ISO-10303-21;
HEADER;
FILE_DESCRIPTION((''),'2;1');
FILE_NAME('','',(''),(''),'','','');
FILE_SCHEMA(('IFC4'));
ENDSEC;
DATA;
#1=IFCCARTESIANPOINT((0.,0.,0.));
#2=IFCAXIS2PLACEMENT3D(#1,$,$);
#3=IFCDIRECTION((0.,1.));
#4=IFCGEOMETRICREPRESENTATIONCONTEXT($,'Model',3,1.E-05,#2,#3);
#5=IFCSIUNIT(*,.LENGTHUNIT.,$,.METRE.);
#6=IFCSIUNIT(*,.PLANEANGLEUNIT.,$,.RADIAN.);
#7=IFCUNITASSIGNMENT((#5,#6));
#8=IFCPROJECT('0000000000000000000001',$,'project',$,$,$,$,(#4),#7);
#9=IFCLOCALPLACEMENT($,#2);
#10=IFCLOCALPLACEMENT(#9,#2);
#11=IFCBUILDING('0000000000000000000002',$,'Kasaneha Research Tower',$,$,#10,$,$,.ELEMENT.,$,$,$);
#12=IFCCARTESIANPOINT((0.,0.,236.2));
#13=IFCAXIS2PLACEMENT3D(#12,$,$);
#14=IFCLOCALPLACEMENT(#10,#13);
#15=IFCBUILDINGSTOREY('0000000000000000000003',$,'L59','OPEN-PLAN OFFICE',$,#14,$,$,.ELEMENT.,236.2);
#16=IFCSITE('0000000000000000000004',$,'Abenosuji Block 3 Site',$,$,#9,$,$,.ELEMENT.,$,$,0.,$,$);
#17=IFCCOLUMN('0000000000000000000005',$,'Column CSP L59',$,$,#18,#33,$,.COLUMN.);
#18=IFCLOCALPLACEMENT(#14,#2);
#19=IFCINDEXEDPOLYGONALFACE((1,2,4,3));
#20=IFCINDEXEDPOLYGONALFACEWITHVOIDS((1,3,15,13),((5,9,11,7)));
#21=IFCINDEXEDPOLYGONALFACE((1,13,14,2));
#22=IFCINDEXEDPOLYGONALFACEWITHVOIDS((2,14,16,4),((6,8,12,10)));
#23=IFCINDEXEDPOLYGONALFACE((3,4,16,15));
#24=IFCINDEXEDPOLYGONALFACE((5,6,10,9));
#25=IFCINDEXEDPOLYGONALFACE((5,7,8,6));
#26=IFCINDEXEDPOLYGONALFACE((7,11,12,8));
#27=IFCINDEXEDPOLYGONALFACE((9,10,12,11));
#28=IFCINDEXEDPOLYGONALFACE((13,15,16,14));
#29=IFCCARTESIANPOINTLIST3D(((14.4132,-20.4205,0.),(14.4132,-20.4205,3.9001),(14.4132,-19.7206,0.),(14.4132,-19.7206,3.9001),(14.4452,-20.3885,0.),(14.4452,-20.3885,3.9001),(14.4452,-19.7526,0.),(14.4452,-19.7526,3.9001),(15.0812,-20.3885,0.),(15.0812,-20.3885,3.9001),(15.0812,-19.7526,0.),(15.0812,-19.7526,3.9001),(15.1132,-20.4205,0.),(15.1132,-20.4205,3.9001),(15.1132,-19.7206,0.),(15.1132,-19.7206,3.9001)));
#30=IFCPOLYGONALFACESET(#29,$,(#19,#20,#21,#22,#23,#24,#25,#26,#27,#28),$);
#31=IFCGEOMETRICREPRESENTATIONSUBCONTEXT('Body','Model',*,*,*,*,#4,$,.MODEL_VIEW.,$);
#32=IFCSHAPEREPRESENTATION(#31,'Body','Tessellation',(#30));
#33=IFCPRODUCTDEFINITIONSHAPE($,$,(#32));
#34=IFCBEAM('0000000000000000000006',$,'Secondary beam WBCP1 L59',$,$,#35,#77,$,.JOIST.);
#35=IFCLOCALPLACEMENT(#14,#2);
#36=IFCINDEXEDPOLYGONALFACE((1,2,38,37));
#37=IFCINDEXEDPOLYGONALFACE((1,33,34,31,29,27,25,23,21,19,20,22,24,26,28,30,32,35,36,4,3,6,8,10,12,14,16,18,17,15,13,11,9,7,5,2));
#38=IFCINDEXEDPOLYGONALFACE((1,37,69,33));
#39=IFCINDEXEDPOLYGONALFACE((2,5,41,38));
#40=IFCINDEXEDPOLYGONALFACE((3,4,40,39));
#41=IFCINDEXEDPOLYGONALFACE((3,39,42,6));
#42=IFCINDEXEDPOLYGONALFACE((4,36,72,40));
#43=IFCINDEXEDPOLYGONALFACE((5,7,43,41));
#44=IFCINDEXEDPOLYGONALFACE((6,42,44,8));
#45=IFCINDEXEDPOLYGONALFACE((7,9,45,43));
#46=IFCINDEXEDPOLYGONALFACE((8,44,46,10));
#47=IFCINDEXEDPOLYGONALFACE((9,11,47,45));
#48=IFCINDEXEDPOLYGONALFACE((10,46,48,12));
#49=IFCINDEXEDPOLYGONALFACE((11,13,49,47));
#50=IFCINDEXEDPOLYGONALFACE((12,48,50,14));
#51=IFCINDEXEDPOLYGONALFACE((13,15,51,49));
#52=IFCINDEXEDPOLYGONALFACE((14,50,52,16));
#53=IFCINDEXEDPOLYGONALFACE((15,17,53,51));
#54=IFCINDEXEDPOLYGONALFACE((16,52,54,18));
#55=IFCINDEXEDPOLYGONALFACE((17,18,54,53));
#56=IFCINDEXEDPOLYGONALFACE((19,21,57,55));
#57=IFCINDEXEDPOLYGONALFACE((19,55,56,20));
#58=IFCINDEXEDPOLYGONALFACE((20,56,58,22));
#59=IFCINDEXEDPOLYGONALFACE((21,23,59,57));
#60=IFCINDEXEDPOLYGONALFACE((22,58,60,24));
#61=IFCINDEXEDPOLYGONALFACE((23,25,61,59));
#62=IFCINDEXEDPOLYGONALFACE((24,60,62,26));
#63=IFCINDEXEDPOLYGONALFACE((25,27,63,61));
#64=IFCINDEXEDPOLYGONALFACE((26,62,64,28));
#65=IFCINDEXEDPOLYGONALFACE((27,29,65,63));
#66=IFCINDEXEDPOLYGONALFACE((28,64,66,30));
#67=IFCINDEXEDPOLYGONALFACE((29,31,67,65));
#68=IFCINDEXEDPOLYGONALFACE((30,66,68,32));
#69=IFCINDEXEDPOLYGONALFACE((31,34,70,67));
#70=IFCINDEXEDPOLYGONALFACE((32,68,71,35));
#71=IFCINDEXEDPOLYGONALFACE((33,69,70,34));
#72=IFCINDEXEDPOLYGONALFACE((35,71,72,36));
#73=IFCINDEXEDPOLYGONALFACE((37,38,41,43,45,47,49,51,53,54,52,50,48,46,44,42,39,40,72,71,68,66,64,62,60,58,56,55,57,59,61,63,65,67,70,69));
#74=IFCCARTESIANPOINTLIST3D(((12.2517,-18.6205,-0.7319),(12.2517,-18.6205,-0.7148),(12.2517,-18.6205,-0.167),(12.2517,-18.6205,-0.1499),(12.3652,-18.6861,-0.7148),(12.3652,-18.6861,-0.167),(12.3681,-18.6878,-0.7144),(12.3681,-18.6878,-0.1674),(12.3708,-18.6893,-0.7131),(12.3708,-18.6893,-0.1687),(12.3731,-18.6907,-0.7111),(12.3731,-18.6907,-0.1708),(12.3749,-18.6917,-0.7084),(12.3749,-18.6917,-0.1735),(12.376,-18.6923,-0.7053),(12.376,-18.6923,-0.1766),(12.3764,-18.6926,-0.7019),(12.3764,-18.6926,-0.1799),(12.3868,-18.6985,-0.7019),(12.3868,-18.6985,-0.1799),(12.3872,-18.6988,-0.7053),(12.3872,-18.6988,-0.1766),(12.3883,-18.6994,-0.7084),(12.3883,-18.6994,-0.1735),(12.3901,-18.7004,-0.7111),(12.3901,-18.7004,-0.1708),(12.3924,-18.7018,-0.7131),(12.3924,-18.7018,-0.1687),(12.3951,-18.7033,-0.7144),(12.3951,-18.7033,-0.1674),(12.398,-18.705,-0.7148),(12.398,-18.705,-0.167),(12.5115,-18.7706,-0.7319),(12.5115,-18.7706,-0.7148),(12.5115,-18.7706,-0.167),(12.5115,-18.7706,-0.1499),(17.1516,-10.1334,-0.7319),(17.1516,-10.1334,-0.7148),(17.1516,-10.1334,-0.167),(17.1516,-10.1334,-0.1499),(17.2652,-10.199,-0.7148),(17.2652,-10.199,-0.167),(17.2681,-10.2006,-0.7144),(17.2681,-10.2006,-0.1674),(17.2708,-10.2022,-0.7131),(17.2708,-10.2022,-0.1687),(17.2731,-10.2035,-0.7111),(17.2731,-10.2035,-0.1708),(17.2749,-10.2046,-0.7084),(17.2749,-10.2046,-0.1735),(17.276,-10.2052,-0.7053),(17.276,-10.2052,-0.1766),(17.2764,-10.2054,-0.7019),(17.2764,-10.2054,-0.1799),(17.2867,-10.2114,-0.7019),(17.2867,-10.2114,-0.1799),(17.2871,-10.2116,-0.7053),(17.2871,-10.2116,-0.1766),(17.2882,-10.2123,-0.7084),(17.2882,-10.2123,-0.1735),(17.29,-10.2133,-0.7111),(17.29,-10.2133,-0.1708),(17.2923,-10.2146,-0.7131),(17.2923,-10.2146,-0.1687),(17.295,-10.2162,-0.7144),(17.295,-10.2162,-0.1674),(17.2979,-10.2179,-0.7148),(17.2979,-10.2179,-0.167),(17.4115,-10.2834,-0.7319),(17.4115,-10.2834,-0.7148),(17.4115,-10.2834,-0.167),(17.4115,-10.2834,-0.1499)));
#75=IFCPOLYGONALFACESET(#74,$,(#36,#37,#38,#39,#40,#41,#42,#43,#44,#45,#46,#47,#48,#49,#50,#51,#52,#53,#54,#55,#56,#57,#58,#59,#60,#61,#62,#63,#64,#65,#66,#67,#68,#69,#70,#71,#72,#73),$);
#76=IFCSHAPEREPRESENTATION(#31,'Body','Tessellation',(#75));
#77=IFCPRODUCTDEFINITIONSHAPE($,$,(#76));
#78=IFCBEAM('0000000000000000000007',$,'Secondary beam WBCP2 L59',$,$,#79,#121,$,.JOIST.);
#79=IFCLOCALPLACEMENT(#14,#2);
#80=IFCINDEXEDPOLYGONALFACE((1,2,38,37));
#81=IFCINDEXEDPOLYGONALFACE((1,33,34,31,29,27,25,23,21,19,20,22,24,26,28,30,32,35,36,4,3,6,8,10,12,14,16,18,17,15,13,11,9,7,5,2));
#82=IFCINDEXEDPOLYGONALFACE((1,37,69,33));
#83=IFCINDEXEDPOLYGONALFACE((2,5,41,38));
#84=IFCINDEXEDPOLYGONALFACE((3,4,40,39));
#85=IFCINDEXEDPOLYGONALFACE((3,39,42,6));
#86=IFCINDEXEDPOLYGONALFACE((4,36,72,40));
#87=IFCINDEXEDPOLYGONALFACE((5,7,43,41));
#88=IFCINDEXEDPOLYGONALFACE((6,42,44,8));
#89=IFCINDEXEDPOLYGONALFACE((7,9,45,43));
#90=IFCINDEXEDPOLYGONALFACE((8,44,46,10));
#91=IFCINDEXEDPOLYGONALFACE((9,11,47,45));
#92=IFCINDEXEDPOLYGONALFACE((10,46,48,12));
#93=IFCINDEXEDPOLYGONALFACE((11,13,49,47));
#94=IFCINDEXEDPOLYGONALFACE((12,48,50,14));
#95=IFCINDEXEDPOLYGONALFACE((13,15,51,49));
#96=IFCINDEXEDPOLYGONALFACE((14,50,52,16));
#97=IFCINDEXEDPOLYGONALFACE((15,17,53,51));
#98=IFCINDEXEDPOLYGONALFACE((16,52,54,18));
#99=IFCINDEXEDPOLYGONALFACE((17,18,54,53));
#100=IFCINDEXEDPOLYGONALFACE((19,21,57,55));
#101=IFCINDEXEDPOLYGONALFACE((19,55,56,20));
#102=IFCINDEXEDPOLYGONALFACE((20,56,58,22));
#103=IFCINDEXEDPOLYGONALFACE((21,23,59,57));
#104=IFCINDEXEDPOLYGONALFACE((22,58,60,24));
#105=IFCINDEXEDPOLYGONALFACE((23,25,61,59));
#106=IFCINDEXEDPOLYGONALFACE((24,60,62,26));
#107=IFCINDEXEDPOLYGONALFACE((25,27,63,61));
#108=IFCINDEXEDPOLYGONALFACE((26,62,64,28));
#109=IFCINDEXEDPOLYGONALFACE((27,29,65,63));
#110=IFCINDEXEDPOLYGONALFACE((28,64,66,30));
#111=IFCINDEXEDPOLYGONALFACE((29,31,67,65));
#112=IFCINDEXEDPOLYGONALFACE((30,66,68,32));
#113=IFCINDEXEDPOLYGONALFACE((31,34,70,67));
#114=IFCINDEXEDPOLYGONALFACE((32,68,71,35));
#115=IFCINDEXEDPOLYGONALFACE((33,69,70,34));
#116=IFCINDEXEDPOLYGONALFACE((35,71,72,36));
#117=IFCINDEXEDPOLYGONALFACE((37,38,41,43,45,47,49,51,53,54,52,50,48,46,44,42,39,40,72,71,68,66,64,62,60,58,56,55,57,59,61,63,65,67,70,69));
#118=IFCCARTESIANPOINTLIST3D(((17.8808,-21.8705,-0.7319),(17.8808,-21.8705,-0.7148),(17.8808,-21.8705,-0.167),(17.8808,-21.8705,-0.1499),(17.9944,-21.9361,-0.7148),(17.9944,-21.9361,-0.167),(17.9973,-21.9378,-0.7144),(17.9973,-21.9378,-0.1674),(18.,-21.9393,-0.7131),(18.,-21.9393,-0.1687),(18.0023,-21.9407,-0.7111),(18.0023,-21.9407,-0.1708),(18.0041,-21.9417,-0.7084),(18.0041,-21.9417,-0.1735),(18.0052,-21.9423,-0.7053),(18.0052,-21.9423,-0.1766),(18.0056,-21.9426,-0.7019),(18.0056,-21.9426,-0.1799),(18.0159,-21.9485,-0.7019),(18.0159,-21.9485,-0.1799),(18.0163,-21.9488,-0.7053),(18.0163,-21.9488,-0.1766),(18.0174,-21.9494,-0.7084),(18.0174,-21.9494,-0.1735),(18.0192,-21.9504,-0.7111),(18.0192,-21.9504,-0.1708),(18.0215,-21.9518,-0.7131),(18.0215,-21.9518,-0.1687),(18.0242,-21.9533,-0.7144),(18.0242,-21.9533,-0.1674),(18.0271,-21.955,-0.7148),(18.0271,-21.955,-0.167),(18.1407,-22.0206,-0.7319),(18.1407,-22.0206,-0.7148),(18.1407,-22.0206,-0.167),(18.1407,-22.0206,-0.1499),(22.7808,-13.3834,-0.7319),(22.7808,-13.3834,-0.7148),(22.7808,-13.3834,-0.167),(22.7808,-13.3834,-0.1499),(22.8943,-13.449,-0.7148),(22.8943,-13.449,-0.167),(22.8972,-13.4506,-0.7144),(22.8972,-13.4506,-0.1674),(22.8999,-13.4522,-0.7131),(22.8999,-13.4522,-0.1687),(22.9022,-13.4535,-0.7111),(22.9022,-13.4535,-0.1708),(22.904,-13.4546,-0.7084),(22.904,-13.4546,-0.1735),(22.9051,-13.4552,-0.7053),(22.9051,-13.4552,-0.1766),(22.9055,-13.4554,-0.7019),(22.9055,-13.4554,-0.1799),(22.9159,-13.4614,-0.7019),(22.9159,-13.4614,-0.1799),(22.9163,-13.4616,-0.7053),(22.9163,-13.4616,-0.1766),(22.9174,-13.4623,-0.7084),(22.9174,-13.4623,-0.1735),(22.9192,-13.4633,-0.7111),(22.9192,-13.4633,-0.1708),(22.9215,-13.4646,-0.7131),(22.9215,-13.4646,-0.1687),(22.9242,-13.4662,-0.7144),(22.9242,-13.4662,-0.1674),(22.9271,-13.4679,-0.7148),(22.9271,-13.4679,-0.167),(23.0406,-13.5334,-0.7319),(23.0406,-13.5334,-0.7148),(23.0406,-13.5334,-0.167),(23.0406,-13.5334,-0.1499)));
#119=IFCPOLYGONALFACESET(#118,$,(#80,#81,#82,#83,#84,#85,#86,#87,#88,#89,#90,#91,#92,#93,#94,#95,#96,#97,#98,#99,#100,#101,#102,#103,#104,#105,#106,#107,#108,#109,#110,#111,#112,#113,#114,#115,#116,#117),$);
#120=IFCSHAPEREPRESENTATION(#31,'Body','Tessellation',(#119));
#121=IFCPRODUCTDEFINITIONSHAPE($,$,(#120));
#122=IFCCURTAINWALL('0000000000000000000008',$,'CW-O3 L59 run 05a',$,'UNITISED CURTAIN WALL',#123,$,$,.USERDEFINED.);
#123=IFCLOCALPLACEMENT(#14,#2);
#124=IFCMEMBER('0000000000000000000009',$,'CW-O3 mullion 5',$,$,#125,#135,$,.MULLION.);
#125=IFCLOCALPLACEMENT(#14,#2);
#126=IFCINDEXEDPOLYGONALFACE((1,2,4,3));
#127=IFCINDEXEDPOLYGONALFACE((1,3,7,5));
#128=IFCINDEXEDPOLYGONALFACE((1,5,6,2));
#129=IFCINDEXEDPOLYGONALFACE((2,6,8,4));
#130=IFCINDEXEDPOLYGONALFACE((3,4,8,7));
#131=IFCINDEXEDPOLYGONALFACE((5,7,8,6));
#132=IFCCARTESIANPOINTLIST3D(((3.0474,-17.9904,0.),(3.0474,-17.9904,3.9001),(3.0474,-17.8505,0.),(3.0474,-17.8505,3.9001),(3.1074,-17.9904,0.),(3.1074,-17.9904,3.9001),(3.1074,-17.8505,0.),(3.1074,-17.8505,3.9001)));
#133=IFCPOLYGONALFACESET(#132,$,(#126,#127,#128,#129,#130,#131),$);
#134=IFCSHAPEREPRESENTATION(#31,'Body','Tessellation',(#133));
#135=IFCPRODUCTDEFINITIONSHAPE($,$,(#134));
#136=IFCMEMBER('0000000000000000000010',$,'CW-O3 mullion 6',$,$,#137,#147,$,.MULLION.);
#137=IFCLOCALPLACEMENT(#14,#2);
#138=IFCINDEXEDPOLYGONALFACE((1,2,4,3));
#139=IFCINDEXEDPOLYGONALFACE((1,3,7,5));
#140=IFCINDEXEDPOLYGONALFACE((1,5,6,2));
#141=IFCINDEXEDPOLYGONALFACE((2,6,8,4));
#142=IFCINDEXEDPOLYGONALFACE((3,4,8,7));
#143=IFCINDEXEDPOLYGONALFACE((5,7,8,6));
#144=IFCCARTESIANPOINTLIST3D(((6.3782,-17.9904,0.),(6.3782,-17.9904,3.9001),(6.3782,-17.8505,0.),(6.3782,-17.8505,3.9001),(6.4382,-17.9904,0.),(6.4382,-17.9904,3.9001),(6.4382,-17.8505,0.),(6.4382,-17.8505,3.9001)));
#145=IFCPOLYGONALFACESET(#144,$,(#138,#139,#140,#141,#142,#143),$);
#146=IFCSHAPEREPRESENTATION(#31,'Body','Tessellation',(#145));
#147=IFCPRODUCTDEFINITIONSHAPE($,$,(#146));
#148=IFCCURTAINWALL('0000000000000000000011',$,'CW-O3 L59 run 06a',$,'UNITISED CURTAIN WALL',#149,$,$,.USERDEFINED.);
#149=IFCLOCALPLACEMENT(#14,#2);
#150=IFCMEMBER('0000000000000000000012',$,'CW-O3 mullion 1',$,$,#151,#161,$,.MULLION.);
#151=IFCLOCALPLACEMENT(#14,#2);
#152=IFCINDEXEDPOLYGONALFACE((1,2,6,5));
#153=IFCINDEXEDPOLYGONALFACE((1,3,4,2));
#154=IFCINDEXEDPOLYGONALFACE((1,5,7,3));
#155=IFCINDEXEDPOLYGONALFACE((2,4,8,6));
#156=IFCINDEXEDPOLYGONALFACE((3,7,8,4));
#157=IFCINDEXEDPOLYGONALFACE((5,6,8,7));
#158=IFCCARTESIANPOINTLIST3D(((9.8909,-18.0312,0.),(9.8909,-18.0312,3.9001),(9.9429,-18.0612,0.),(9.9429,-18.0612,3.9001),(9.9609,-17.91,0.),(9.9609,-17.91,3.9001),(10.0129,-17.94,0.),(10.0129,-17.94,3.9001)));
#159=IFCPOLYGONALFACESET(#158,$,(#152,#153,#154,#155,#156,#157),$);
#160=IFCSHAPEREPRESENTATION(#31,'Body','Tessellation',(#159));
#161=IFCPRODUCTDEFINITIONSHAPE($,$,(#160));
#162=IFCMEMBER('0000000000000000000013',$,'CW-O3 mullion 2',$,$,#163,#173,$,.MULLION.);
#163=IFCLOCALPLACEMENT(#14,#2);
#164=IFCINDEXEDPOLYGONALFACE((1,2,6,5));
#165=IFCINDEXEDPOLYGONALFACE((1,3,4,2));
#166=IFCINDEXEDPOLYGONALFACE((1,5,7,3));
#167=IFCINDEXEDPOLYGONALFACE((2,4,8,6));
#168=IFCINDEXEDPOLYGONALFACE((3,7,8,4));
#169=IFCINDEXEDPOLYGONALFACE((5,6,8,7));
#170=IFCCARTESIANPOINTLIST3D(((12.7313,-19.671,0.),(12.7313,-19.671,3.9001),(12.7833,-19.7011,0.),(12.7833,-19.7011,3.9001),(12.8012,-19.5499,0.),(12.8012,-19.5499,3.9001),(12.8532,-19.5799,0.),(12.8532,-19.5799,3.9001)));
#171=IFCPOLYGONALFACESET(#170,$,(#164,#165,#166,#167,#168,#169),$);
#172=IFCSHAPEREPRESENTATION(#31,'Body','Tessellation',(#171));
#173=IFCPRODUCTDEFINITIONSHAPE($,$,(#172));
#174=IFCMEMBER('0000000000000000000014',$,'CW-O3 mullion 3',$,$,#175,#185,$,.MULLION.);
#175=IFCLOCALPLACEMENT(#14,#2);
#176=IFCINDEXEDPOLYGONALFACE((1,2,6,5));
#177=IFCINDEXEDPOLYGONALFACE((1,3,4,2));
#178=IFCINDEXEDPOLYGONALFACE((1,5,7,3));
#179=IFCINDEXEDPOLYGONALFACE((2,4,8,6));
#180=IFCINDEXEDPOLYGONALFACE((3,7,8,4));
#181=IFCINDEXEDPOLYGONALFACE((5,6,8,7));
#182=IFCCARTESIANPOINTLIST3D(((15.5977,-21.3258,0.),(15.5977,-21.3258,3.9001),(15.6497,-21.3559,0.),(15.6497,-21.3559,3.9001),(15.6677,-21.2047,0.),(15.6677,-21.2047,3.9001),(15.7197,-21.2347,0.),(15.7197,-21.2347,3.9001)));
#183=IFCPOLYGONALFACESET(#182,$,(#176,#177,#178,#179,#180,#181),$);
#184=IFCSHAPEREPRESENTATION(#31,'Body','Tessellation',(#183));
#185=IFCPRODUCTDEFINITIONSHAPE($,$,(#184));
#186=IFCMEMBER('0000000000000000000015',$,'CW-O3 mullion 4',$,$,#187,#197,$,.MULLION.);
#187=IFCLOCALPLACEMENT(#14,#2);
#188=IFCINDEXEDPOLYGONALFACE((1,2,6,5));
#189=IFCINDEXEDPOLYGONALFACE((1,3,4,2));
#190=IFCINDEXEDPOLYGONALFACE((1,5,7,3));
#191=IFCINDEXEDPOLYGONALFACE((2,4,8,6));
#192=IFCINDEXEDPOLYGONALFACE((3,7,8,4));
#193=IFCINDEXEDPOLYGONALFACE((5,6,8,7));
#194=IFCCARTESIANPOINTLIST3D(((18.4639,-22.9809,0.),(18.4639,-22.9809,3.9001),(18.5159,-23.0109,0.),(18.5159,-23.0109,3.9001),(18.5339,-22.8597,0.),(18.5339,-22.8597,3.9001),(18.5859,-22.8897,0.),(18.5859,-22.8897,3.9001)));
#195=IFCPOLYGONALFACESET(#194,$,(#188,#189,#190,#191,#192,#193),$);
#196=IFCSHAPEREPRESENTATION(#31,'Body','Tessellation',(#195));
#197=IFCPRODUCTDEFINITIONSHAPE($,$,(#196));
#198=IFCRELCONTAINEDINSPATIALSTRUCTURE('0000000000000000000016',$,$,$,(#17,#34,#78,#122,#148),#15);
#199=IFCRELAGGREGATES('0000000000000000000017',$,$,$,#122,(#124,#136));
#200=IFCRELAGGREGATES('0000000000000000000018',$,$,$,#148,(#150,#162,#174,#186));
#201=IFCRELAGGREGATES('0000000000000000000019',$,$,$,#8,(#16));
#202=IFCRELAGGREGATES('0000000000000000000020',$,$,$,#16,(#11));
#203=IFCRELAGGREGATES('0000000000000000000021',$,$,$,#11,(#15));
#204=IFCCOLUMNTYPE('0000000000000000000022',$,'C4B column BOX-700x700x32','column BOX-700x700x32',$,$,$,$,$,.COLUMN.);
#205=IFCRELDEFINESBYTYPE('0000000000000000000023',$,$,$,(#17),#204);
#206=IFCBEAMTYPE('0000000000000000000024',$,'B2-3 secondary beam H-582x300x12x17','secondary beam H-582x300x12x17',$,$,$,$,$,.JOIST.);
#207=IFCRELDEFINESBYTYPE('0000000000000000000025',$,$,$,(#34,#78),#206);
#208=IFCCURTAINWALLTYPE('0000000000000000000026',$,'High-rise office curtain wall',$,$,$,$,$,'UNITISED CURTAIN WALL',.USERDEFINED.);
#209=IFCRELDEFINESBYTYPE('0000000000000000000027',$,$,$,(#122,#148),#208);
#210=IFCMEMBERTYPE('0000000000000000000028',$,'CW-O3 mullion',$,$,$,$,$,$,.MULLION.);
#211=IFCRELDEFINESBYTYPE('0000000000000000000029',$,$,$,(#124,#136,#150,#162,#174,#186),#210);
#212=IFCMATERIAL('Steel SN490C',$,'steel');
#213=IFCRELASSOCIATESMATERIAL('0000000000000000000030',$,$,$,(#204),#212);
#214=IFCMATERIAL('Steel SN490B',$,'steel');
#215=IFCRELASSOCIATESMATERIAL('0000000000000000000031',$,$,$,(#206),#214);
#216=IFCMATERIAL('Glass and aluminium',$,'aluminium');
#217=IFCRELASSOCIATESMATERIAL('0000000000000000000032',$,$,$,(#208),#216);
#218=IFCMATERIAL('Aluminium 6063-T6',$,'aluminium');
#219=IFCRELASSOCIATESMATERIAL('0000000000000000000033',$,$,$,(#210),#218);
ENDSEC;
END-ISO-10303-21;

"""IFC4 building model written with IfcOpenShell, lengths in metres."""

from ifc_helpers import new_model, si_unit, direction, frame, origin, origin_2d, place, context, subcontext, project, spatial, rectangle, hollow_rectangle, i_section, extrude, material, material_profile, profile_set, type_object, element, aggregate, save


model = new_model("IFC4")

# Units and contexts
model_context = context("Model", 3, precision=1e-05, world=origin(), true_north=direction((0.0, 1.0)))
body_context = subcontext(model_context, "Body", "Model", "MODEL_VIEW")
ifc_project = project(units=[si_unit("LENGTHUNIT", "METRE"), si_unit("PLANEANGLEUNIT", "RADIAN")], contexts=[model_context])

# Site, building, storey
site_placement = place(None, origin())
site = spatial("IfcSite", under=ifc_project, at=site_placement, Name="Abenosuji Block 3 Site", CompositionType="ELEMENT", RefElevation=0.0)
building_placement = place(site_placement, origin())
building = spatial("IfcBuilding", under=site, at=building_placement, Name="Kasaneha Research Tower", CompositionType="ELEMENT")
storey_placement = place(building_placement, frame((0.0, 0.0, 236.2)))
storey = spatial("IfcBuildingStorey", under=building, at=storey_placement, Name="L59", Description="OPEN-PLAN OFFICE", CompositionType="ELEMENT", Elevation=236.2)

# Column
ifc_material_1 = material(Name="Steel SN490C", Category="steel")
ifc_material_profile_1 = material_profile(ifc_material_1, hollow_rectangle(XDim=0.7, YDim=0.7, WallThickness=0.032, at=origin_2d()), Name="BOX-700x700x32")
ifc_profile_set_1 = profile_set([ifc_material_profile_1], Name="Steel SN490C")
column_type = type_object("IfcColumnType", Name="C4B column BOX-700x700x32", Description="column BOX-700x700x32", PredefinedType="COLUMN", material=ifc_profile_set_1)
column_placement = place(storey_placement, frame((14.7632, -20.0706, 0.0), z_axis=(0.0, 0.0, 1.0), x_axis=(1.0, 0.0, 0.0)))
element("IfcColumn", 1, at=column_placement, inside=storey, type_object=column_type, Name="Column CSP L59", PredefinedType="COLUMN", context=body_context, shape_type="SweptSolid", body=[
    extrude(hollow_rectangle(XDim=0.7, YDim=0.7, WallThickness=0.032, at=origin_2d()), origin(), (0.0, 0.0, 1.0), 3.9001),
])

# Beams
ifc_material_2 = material(Name="Steel SN490B", Category="steel")
ifc_material_profile_2 = material_profile(ifc_material_2, i_section(OverallWidth=0.3, OverallDepth=0.582, WebThickness=0.012, FlangeThickness=0.0171, FilletRadius=0.0129, at=origin_2d()), Name="H-582x300x12x17")
ifc_profile_set_2 = profile_set([ifc_material_profile_2], Name="Steel SN490B")
beam_type_1 = type_object("IfcBeamType", Name="B2-3 secondary beam H-582x300x12x17", Description="secondary beam H-582x300x12x17", PredefinedType="JOIST", material=ifc_profile_set_2)
for number, where, z_axis, x_axis, name in (
    (2, (12.3816, -18.6956, -0.4409), (0.499992, 0.86603, 0.0), (-0.86603, 0.499992, 0.0), "Secondary beam WBCP1 L59"),
    (3, (18.0107, -21.9456, -0.4409), (0.499992, 0.86603, 0.0), (-0.86603, 0.499992, 0.0), "Secondary beam WBCP2 L59"),
):
    element("IfcBeam", number, at=place(storey_placement, frame(where, z_axis=z_axis, x_axis=x_axis)), inside=storey, type_object=beam_type_1, Name=name, PredefinedType="JOIST", context=body_context, shape_type="SweptSolid", body=[
        extrude(i_section(OverallWidth=0.3, OverallDepth=0.582, WebThickness=0.012, FlangeThickness=0.0171, FilletRadius=0.0129, at=origin_2d()), origin(), (0.0, 0.0, 1.0), 9.8),
    ])

# Curtain walls, members
ifc_material_3 = material(Name="Glass and aluminium", Category="aluminium")
curtain_wall_type = type_object("IfcCurtainWallType", Name="High-rise office curtain wall", ElementType="UNITISED CURTAIN WALL", PredefinedType="USERDEFINED", material=ifc_material_3)
curtain_wall_1_placement = place(storey_placement, origin())
curtain_wall_1 = element("IfcCurtainWall", 4, at=curtain_wall_1_placement, inside=storey, type_object=curtain_wall_type, Name="CW-O3 L59 run 05a", ObjectType="UNITISED CURTAIN WALL", PredefinedType="USERDEFINED")
ifc_material_4 = material(Name="Aluminium 6063-T6", Category="aluminium")
ifc_material_profile_3 = material_profile(ifc_material_4, rectangle(XDim=0.0601, YDim=0.1399, at=origin_2d()), Name="CW-O3 mullion 60x140")
ifc_profile_set_3 = profile_set([ifc_material_profile_3], Name="Aluminium 6063-T6")
member_type_1 = type_object("IfcMemberType", Name="CW-O3 mullion", PredefinedType="MULLION", material=ifc_profile_set_3)
member_1_placement = place(storey_placement, frame((3.0774, -17.9204, 0.0), z_axis=(0.0, 0.0, 1.0), x_axis=(1.0, 0.0, 0.0)))
member_1 = element("IfcMember", 5, at=member_1_placement, type_object=member_type_1, Name="CW-O3 mullion 5", PredefinedType="MULLION", context=body_context, shape_type="SweptSolid", body=[
    extrude(rectangle(XDim=0.0601, YDim=0.1399, at=origin_2d()), origin(), (0.0, 0.0, 1.0), 3.9001),
])
member_2_placement = place(storey_placement, frame((6.4082, -17.9204, 0.0), z_axis=(0.0, 0.0, 1.0), x_axis=(1.0, 0.0, 0.0)))
member_2 = element("IfcMember", 6, at=member_2_placement, type_object=member_type_1, Name="CW-O3 mullion 6", PredefinedType="MULLION", context=body_context, shape_type="SweptSolid", body=[
    extrude(rectangle(XDim=0.0601, YDim=0.1399, at=origin_2d()), origin(), (0.0, 0.0, 1.0), 3.9001),
])
curtain_wall_2_placement = place(storey_placement, origin())
curtain_wall_2 = element("IfcCurtainWall", 7, at=curtain_wall_2_placement, inside=storey, type_object=curtain_wall_type, Name="CW-O3 L59 run 06a", ObjectType="UNITISED CURTAIN WALL", PredefinedType="USERDEFINED")
member_3_placement = place(storey_placement, frame((9.9519, -17.9856, 0.0), z_axis=(0.0, 0.0, 1.0), x_axis=(0.866025, -0.5, 0.0)))
member_3 = element("IfcMember", 8, at=member_3_placement, type_object=member_type_1, Name="CW-O3 mullion 1", PredefinedType="MULLION", context=body_context, shape_type="SweptSolid", body=[
    extrude(rectangle(XDim=0.0601, YDim=0.1399, at=origin_2d()), origin(), (0.0, 0.0, 1.0), 3.9001),
])
member_4_placement = place(storey_placement, frame((12.7922, -19.6255, 0.0), z_axis=(0.0, 0.0, 1.0), x_axis=(0.866025, -0.5, 0.0)))
member_4 = element("IfcMember", 9, at=member_4_placement, type_object=member_type_1, Name="CW-O3 mullion 2", PredefinedType="MULLION", context=body_context, shape_type="SweptSolid", body=[
    extrude(rectangle(XDim=0.0601, YDim=0.1399, at=origin_2d()), origin(), (0.0, 0.0, 1.0), 3.9001),
])
member_5_placement = place(storey_placement, frame((15.6587, -21.2803, 0.0), z_axis=(0.0, 0.0, 1.0), x_axis=(0.866025, -0.5, 0.0)))
member_5 = element("IfcMember", 10, at=member_5_placement, type_object=member_type_1, Name="CW-O3 mullion 3", PredefinedType="MULLION", context=body_context, shape_type="SweptSolid", body=[
    extrude(rectangle(XDim=0.0601, YDim=0.1399, at=origin_2d()), origin(), (0.0, 0.0, 1.0), 3.9001),
])
member_6_placement = place(storey_placement, frame((18.5249, -22.9353, 0.0), z_axis=(0.0, 0.0, 1.0), x_axis=(0.866025, -0.5, 0.0)))
member_6 = element("IfcMember", 11, at=member_6_placement, type_object=member_type_1, Name="CW-O3 mullion 4", PredefinedType="MULLION", context=body_context, shape_type="SweptSolid", body=[
    extrude(rectangle(XDim=0.0601, YDim=0.1399, at=origin_2d()), origin(), (0.0, 0.0, 1.0), 3.9001),
])

aggregate(curtain_wall_1, [member_1, member_2])
aggregate(curtain_wall_2, [member_3, member_4, member_5, member_6])

save(model, "model.ifc")
